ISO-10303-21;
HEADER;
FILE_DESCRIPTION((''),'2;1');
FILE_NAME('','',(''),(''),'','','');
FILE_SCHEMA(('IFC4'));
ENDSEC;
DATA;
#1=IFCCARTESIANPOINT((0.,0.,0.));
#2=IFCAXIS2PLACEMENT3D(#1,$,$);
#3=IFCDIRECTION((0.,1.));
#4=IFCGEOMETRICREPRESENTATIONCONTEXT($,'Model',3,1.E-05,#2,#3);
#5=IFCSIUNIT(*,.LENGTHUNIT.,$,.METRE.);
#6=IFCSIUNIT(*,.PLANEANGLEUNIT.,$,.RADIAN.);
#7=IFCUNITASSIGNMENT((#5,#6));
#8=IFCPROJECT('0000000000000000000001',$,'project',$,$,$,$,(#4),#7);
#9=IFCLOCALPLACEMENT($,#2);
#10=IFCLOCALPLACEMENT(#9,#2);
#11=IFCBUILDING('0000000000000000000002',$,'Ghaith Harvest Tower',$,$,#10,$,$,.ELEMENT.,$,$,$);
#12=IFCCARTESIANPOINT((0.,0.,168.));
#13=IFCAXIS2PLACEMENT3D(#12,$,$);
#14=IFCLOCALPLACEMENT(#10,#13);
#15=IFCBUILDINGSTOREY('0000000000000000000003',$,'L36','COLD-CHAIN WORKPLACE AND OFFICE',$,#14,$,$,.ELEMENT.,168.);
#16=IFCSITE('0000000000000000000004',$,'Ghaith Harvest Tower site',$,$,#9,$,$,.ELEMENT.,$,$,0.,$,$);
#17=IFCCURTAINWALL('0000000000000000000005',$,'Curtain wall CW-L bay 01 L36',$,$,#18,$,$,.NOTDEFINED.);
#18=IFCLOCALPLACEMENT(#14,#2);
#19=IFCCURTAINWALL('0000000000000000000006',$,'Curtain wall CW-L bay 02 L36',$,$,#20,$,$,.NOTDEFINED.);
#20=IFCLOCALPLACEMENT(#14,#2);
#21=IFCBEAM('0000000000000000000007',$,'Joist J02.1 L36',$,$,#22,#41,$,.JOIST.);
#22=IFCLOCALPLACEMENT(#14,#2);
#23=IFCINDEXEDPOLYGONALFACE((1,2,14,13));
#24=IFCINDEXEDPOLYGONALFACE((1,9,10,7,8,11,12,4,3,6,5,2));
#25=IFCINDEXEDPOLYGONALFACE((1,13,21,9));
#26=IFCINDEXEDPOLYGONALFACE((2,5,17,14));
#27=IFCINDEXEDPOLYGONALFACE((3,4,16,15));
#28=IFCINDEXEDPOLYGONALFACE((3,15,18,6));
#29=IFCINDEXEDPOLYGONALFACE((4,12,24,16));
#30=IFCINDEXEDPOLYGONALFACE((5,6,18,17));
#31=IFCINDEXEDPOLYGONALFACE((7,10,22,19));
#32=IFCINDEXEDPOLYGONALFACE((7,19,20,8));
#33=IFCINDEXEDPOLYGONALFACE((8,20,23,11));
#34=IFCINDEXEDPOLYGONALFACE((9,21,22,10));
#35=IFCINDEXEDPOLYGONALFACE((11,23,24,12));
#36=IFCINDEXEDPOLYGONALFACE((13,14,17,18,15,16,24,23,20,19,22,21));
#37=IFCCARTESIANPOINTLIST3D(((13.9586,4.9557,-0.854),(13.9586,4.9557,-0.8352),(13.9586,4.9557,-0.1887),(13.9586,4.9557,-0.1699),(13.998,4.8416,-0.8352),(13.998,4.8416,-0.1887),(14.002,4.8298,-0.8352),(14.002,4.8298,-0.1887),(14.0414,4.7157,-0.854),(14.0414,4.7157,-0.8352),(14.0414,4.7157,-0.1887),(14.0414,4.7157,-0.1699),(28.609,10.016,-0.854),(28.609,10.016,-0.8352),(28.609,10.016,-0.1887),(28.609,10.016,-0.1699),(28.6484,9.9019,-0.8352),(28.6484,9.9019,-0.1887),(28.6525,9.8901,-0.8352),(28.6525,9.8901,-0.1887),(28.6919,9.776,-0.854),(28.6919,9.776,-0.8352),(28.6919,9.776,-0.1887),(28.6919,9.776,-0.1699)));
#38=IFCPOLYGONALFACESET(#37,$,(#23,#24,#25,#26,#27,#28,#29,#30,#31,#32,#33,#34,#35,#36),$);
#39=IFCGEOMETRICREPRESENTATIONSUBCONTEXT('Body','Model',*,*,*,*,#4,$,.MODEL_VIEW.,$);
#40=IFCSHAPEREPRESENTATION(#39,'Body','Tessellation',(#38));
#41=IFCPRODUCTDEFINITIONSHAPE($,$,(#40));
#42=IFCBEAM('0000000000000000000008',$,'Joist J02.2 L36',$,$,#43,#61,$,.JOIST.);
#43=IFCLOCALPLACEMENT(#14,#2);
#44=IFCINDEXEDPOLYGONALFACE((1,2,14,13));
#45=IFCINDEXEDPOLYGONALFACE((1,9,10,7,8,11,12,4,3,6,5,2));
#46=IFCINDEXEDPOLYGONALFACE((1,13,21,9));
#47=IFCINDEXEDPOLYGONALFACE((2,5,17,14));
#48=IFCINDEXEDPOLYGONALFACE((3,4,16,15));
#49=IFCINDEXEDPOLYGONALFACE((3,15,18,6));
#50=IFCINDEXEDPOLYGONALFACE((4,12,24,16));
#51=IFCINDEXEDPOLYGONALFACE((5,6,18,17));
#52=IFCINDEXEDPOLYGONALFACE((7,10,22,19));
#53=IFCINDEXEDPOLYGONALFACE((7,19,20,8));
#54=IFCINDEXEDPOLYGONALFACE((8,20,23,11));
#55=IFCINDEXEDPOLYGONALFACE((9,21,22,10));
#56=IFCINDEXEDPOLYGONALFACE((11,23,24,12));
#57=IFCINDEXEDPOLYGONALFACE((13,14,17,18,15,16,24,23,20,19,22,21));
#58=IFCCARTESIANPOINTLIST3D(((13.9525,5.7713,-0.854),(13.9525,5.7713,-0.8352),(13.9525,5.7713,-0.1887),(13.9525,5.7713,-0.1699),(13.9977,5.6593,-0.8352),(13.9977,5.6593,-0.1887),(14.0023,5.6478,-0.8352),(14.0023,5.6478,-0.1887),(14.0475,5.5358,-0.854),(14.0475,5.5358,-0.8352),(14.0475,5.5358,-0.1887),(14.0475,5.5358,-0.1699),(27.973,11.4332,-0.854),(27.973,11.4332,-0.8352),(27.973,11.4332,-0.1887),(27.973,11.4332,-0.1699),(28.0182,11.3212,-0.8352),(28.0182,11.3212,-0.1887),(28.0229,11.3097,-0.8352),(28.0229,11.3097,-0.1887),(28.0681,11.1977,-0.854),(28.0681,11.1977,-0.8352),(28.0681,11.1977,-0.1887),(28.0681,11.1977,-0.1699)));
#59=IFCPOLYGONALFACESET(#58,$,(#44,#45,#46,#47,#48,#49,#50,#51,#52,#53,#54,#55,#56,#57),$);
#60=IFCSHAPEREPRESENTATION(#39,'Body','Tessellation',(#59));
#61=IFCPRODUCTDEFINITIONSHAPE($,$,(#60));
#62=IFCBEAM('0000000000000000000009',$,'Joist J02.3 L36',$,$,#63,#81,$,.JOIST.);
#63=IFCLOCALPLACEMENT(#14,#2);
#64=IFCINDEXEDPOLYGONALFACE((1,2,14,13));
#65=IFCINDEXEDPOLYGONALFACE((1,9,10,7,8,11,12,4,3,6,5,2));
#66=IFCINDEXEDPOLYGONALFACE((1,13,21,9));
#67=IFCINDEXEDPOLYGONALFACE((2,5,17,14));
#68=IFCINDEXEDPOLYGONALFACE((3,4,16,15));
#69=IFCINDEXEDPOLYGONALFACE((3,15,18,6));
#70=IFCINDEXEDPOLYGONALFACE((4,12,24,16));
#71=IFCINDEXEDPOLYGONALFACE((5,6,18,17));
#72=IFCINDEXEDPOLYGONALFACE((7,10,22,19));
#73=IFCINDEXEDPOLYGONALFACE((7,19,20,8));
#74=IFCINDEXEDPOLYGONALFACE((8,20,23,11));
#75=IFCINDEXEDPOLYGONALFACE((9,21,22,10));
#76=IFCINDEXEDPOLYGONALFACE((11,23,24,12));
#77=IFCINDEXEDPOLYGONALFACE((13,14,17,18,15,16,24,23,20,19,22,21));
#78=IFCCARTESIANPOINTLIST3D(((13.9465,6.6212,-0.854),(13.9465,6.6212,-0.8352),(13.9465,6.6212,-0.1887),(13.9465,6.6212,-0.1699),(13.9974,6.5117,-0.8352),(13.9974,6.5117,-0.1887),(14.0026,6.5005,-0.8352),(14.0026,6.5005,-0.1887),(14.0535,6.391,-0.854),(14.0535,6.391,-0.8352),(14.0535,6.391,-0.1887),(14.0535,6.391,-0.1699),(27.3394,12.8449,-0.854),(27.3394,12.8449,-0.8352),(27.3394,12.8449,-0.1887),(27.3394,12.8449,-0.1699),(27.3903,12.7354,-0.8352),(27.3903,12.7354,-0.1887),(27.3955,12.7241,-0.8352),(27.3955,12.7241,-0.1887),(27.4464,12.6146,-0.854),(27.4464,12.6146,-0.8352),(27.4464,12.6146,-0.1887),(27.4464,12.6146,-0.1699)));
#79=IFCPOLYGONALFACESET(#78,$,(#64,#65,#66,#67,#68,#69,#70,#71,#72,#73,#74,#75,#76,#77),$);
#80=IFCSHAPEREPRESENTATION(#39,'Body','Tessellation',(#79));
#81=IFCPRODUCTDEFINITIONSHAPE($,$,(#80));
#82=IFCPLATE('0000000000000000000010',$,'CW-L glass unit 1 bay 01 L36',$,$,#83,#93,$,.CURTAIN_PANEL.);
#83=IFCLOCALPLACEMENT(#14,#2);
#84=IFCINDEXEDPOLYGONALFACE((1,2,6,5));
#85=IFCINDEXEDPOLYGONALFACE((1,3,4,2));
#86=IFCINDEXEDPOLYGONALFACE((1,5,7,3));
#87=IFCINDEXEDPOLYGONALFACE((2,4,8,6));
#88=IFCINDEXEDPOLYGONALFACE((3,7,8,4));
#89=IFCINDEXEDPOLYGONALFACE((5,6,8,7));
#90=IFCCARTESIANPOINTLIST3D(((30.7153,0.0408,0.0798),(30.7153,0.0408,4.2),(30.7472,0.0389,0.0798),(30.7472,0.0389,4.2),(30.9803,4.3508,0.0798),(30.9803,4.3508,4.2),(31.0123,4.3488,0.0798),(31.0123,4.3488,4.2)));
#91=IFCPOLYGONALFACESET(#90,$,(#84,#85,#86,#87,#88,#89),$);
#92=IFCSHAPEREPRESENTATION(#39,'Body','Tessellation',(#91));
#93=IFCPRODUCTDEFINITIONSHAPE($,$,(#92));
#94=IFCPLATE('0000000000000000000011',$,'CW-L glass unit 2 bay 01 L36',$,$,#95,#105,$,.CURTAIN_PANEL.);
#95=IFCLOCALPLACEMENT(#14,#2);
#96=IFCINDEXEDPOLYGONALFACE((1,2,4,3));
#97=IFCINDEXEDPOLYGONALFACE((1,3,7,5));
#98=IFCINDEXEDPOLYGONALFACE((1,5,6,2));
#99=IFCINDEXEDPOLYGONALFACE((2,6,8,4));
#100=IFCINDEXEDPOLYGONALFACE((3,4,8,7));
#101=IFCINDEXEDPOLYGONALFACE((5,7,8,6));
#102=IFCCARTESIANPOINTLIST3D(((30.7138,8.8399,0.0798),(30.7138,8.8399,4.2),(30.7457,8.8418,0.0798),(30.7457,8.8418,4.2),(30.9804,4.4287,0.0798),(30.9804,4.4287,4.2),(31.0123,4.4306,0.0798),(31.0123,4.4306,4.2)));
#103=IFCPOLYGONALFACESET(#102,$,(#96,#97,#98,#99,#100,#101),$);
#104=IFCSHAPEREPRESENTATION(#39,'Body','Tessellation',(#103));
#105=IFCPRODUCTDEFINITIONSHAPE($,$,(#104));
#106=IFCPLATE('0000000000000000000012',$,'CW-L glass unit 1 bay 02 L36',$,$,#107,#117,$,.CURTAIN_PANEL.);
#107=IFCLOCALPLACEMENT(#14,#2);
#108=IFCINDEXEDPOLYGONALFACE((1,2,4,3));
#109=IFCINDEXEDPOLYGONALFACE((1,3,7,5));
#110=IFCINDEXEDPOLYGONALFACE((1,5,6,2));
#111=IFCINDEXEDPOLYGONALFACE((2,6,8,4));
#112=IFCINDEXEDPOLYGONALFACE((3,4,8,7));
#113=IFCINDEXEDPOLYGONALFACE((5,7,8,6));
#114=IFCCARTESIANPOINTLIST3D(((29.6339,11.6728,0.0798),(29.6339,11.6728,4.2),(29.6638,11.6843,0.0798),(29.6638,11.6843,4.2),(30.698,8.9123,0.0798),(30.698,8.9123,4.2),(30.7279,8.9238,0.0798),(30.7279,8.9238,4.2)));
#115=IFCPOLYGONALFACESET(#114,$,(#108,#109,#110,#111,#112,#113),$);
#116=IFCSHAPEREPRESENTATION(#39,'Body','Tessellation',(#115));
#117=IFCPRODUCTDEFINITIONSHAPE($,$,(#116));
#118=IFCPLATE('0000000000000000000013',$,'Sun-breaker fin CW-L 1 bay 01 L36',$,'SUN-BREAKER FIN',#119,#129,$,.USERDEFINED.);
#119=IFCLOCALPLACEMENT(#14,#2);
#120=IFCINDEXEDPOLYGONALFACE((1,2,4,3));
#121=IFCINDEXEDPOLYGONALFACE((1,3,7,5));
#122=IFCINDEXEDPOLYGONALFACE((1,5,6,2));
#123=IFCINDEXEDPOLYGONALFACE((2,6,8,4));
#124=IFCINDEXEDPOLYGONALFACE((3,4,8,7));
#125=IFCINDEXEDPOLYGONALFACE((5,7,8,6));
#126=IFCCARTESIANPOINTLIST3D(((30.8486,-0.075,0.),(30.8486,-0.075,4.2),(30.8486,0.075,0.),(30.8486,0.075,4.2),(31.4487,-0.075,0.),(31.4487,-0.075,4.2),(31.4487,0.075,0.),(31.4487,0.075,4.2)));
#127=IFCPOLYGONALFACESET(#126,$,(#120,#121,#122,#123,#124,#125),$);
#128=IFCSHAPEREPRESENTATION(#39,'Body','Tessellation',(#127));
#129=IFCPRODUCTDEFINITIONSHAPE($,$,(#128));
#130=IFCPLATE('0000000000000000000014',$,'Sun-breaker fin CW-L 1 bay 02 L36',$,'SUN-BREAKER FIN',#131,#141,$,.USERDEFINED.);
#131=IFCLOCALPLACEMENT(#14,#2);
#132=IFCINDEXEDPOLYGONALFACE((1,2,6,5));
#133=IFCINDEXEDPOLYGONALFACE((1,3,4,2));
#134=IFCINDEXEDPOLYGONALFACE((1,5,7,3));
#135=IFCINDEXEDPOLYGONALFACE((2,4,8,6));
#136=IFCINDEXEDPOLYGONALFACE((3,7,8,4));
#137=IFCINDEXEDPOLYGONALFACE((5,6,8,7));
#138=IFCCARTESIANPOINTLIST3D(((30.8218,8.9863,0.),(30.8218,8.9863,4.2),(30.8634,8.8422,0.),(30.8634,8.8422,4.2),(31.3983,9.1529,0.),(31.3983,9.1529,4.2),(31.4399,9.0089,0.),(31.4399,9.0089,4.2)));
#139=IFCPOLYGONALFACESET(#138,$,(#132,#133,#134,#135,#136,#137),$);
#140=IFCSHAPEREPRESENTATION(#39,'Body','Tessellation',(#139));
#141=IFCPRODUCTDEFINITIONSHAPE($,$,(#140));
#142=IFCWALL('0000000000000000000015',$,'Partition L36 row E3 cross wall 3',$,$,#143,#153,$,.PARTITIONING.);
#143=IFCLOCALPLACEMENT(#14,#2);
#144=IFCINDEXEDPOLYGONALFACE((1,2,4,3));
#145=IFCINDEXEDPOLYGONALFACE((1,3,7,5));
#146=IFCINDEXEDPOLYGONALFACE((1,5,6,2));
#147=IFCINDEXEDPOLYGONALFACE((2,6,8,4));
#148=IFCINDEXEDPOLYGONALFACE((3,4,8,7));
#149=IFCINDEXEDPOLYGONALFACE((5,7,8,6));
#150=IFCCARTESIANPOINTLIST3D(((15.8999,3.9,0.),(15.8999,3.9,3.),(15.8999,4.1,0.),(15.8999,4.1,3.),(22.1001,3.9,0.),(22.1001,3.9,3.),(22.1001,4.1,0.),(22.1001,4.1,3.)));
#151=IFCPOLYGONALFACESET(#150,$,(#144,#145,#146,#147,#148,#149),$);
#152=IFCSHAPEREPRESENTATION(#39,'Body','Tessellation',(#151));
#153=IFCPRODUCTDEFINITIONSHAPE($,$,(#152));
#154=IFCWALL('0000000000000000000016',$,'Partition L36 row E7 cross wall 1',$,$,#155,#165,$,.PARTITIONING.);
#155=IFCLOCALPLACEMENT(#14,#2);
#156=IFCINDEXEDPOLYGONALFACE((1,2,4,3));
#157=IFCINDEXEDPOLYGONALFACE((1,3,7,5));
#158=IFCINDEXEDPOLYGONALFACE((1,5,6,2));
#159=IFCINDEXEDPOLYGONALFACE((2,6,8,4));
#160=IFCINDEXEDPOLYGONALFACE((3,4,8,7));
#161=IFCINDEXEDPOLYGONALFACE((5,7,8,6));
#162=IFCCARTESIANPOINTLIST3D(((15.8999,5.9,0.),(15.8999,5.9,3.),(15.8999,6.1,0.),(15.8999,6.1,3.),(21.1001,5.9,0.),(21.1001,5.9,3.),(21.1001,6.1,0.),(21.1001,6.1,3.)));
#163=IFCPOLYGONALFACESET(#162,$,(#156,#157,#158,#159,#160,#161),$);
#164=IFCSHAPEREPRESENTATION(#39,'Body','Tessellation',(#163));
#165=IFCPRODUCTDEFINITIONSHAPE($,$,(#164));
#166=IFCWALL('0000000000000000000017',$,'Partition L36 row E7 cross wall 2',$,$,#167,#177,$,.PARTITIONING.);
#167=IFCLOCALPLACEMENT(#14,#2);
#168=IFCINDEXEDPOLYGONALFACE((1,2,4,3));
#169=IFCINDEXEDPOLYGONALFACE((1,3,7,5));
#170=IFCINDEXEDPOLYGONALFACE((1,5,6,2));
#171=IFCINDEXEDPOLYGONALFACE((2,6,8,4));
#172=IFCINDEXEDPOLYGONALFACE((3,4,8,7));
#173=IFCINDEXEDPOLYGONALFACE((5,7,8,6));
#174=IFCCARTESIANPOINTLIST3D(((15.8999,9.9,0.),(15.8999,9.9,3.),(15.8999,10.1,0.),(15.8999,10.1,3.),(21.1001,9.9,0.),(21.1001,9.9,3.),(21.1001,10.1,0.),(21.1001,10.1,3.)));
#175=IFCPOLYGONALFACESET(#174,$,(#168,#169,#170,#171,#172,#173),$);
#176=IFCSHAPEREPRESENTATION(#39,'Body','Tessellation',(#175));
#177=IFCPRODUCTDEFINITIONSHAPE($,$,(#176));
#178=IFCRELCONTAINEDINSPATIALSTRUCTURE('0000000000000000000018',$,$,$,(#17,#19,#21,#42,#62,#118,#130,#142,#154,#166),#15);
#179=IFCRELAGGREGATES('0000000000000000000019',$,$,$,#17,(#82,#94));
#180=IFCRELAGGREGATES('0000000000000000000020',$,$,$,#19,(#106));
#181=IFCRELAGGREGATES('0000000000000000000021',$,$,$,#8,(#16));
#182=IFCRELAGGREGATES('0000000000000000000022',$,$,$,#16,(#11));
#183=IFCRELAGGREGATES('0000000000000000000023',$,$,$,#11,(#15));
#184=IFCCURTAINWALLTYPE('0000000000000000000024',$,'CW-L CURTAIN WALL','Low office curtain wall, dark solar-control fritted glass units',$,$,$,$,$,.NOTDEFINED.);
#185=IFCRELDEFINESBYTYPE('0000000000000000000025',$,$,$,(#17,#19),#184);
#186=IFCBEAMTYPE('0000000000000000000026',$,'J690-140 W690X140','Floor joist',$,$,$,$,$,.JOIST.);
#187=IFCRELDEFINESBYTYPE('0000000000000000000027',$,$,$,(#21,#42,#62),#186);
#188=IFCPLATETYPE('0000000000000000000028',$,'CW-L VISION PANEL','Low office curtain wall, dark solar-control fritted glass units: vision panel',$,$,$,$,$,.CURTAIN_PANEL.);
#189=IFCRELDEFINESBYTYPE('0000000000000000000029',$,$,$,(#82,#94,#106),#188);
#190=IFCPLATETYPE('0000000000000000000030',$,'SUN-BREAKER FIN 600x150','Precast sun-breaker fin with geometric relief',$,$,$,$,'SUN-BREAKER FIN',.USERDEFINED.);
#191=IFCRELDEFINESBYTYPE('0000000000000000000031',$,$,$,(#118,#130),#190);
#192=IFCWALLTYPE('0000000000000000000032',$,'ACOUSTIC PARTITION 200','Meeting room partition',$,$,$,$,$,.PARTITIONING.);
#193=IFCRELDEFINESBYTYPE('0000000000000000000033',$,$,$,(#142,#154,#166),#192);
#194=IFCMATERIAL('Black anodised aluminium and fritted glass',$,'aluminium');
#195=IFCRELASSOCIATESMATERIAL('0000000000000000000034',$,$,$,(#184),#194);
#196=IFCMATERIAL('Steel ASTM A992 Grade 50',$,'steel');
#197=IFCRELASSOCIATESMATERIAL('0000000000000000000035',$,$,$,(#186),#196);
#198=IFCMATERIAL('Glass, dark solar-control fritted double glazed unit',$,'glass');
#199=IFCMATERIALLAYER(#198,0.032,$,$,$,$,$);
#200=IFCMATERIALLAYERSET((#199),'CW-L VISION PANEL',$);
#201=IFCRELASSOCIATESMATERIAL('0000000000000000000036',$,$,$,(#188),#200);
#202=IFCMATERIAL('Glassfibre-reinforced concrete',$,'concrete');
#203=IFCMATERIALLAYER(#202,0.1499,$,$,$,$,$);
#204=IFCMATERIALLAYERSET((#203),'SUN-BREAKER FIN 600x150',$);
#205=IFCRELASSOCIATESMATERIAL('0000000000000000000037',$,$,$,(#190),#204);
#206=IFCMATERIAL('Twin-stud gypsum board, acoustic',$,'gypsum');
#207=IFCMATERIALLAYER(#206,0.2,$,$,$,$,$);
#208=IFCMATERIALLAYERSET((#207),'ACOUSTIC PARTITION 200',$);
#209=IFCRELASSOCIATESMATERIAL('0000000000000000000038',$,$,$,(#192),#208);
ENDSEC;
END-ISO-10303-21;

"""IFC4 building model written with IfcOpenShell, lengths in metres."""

from ifc_helpers import new_model, si_unit, direction, frame, frame_2d, origin, origin_2d, place, context, subcontext, project, spatial, rectangle, i_section, extrude, material, layer, layer_set, material_profile, profile_set, type_object, element, aggregate, save


model = new_model("IFC4")

# Units and contexts
model_context = context("Model", 3, precision=1e-05, world=origin(), true_north=direction((0.0, 1.0)))
body_context = subcontext(model_context, "Body", "Model", "MODEL_VIEW")
ifc_project = project(units=[si_unit("LENGTHUNIT", "METRE"), si_unit("PLANEANGLEUNIT", "RADIAN")], contexts=[model_context])

# Site, building, storey
site_placement = place(None, origin())
site = spatial("IfcSite", under=ifc_project, at=site_placement, Name="Ghaith Harvest Tower site", CompositionType="ELEMENT", RefElevation=0.0)
building_placement = place(site_placement, origin())
building = spatial("IfcBuilding", under=site, at=building_placement, Name="Ghaith Harvest Tower", CompositionType="ELEMENT")
storey_placement = place(building_placement, frame((0.0, 0.0, 168.0)))
storey = spatial("IfcBuildingStorey", under=building, at=storey_placement, Name="L36", Description="COLD-CHAIN WORKPLACE AND OFFICE", CompositionType="ELEMENT", Elevation=168.0)

# Curtain walls
ifc_material_1 = material(Name="Black anodised aluminium and fritted glass", Category="aluminium")
curtain_wall_type = type_object("IfcCurtainWallType", Name="CW-L CURTAIN WALL", Description="Low office curtain wall, dark solar-control fritted glass units", PredefinedType="NOTDEFINED", material=ifc_material_1)
curtain_wall_1_placement = place(storey_placement, origin())
curtain_wall_1 = element("IfcCurtainWall", 1, at=curtain_wall_1_placement, inside=storey, type_object=curtain_wall_type, Name="Curtain wall CW-L bay 01 L36", PredefinedType="NOTDEFINED")
curtain_wall_2_placement = place(storey_placement, origin())
curtain_wall_2 = element("IfcCurtainWall", 2, at=curtain_wall_2_placement, inside=storey, type_object=curtain_wall_type, Name="Curtain wall CW-L bay 02 L36", PredefinedType="NOTDEFINED")

# Beams
ifc_material_2 = material(Name="Steel ASTM A992 Grade 50", Category="steel")
ifc_material_profile_1 = material_profile(ifc_material_2, i_section(OverallWidth=0.2539, OverallDepth=0.6841, WebThickness=0.0125, FlangeThickness=0.0188, at=origin_2d()), Name="W690X140")
ifc_profile_set_1 = profile_set([ifc_material_profile_1], Name="Steel ASTM A992 Grade 50")
beam_type_1 = type_object("IfcBeamType", Name="J690-140 W690X140", Description="Floor joist", PredefinedType="JOIST", material=ifc_profile_set_1)
beam_1_placement = place(storey_placement, frame((14.0, 4.8357, -0.512), z_axis=(0.945205, 0.326478, 0.0), x_axis=(-0.326478, 0.945205, 0.0)))
element("IfcBeam", 3, at=beam_1_placement, inside=storey, type_object=beam_type_1, Name="Joist J02.1 L36", PredefinedType="JOIST", context=body_context, shape_type="SweptSolid", body=[
    extrude(i_section(OverallWidth=0.2539, OverallDepth=0.6841, WebThickness=0.0125, FlangeThickness=0.0188, at=origin_2d()), origin(), (0.0, 0.0, 1.0), 15.4998),
])
beam_2_placement = place(storey_placement, frame((14.0, 5.6536, -0.512), z_axis=(0.927248, 0.374448, 0.0), x_axis=(-0.374448, 0.927248, 0.0)))
element("IfcBeam", 4, at=beam_2_placement, inside=storey, type_object=beam_type_1, Name="Joist J02.2 L36", PredefinedType="JOIST", context=body_context, shape_type="SweptSolid", body=[
    extrude(i_section(OverallWidth=0.2539, OverallDepth=0.6841, WebThickness=0.0125, FlangeThickness=0.0188, at=origin_2d()), origin(), (0.0, 0.0, 1.0), 15.1206),
])
beam_3_placement = place(storey_placement, frame((14.0, 6.5061, -0.512), z_axis=(0.906866, 0.42142, 0.0), x_axis=(-0.42142, 0.906866, 0.0)))
element("IfcBeam", 5, at=beam_3_placement, inside=storey, type_object=beam_type_1, Name="Joist J02.3 L36", PredefinedType="JOIST", context=body_context, shape_type="SweptSolid", body=[
    extrude(i_section(OverallWidth=0.2539, OverallDepth=0.6841, WebThickness=0.0125, FlangeThickness=0.0188, at=origin_2d()), origin(), (0.0, 0.0, 1.0), 14.7683),
])

# Plates
ifc_material_3 = material(Name="Glass, dark solar-control fritted double glazed unit", Category="glass")
ifc_layer_1 = layer(ifc_material_3, 0.032)
ifc_layer_set_1 = layer_set([ifc_layer_1], Name="CW-L VISION PANEL")
plate_type_1 = type_object("IfcPlateType", Name="CW-L VISION PANEL", Description="Low office curtain wall, dark solar-control fritted glass units: vision panel", PredefinedType="CURTAIN_PANEL", material=ifc_layer_set_1)
plate_1_placement = place(storey_placement, frame((30.8638, 2.1948, 0.0798), z_axis=(0.0, 0.0, 1.0), x_axis=(0.06138, 0.998114, 0.0)))
plate_1 = element("IfcPlate", 6, at=plate_1_placement, type_object=plate_type_1, Name="CW-L glass unit 1 bay 01 L36", PredefinedType="CURTAIN_PANEL", context=body_context, shape_type="SweptSolid", body=[
    extrude(rectangle(XDim=4.3181, YDim=0.032, at=origin_2d()), origin(), (0.0, 0.0, 1.0), 4.1201),
])
plate_2_placement = place(storey_placement, frame((30.863, 6.6353, 0.0798), z_axis=(0.0, 0.0, 1.0), x_axis=(-0.060321, 0.998179, 0.0)))
plate_2 = element("IfcPlate", 7, at=plate_2_placement, type_object=plate_type_1, Name="CW-L glass unit 2 bay 01 L36", PredefinedType="CURTAIN_PANEL", context=body_context, shape_type="SweptSolid", body=[
    extrude(rectangle(XDim=4.4192, YDim=0.032, at=origin_2d()), origin(), (0.0, 0.0, 1.0), 4.1201),
])
aggregate(curtain_wall_1, [plate_1, plate_2])
plate_3_placement = place(storey_placement, frame((30.1809, 10.2983, 0.0798), z_axis=(0.0, 0.0, 1.0), x_axis=(-0.359677, 0.933077, 0.0)))
plate_3 = element("IfcPlate", 8, at=plate_3_placement, type_object=plate_type_1, Name="CW-L glass unit 1 bay 02 L36", PredefinedType="CURTAIN_PANEL", context=body_context, shape_type="SweptSolid", body=[
    extrude(rectangle(XDim=2.9585, YDim=0.032, at=origin_2d()), origin(), (0.0, 0.0, 1.0), 4.1201),
])
aggregate(curtain_wall_2, [plate_3])

# Plates
ifc_material_4 = material(Name="Glassfibre-reinforced concrete", Category="concrete")
ifc_layer_2 = layer(ifc_material_4, 0.1499)
ifc_layer_set_2 = layer_set([ifc_layer_2], Name="SUN-BREAKER FIN 600x150")
plate_type_2 = type_object("IfcPlateType", Name="SUN-BREAKER FIN 600x150", Description="Precast sun-breaker fin with geometric relief", ElementType="SUN-BREAKER FIN", PredefinedType="USERDEFINED", material=ifc_layer_set_2)
for number, where, z_axis, x_axis, name in (
    (9, (31.1487, 0.0, 0.0), (0.0, 0.0, 1.0), (1.0, 0.0, 0.0), "Sun-breaker fin CW-L 1 bay 01 L36"),
    (10, (31.1309, 8.9976, 0.0), (0.0, 0.0, 1.0), (0.96068, 0.277657, 0.0), "Sun-breaker fin CW-L 1 bay 02 L36"),
):
    element("IfcPlate", number, at=place(storey_placement, frame(where, z_axis=z_axis, x_axis=x_axis)), inside=storey, type_object=plate_type_2, Name=name, ObjectType="SUN-BREAKER FIN", PredefinedType="USERDEFINED", context=body_context, shape_type="SweptSolid", body=[
        extrude(rectangle(XDim=0.6001, YDim=0.1499, at=origin_2d()), origin(), (0.0, 0.0, 1.0), 4.2),
    ])

# Walls
ifc_material_5 = material(Name="Twin-stud gypsum board, acoustic", Category="gypsum")
ifc_layer_3 = layer(ifc_material_5, 0.2)
ifc_layer_set_3 = layer_set([ifc_layer_3], Name="ACOUSTIC PARTITION 200")
wall_type_1 = type_object("IfcWallType", Name="ACOUSTIC PARTITION 200", Description="Meeting room partition", PredefinedType="PARTITIONING", material=ifc_layer_set_3)
wall_1_placement = place(storey_placement, frame((15.8999, 4.0, 0.0), z_axis=(0.0, 0.0, 1.0), x_axis=(1.0, 0.0, 0.0)))
element("IfcWall", 11, at=wall_1_placement, inside=storey, type_object=wall_type_1, Name="Partition L36 row E3 cross wall 3", PredefinedType="PARTITIONING", context=body_context, shape_type="SweptSolid", body=[
    extrude(rectangle(XDim=6.2002, YDim=0.2, at=frame_2d((3.1001, 0.0))), origin(), (0.0, 0.0, 1.0), 3.0),
])
for number, where, z_axis, x_axis, name in (
    (12, (15.8999, 6.0, 0.0), (0.0, 0.0, 1.0), (1.0, 0.0, 0.0), "Partition L36 row E7 cross wall 1"),
    (13, (15.8999, 10.0, 0.0), (0.0, 0.0, 1.0), (1.0, 0.0, 0.0), "Partition L36 row E7 cross wall 2"),
):
    element("IfcWall", number, at=place(storey_placement, frame(where, z_axis=z_axis, x_axis=x_axis)), inside=storey, type_object=wall_type_1, Name=name, PredefinedType="PARTITIONING", context=body_context, shape_type="SweptSolid", body=[
        extrude(rectangle(XDim=5.2002, YDim=0.2, at=frame_2d((2.6001, 0.0))), origin(), (0.0, 0.0, 1.0), 3.0),
    ])

save(model, "model.ifc")
